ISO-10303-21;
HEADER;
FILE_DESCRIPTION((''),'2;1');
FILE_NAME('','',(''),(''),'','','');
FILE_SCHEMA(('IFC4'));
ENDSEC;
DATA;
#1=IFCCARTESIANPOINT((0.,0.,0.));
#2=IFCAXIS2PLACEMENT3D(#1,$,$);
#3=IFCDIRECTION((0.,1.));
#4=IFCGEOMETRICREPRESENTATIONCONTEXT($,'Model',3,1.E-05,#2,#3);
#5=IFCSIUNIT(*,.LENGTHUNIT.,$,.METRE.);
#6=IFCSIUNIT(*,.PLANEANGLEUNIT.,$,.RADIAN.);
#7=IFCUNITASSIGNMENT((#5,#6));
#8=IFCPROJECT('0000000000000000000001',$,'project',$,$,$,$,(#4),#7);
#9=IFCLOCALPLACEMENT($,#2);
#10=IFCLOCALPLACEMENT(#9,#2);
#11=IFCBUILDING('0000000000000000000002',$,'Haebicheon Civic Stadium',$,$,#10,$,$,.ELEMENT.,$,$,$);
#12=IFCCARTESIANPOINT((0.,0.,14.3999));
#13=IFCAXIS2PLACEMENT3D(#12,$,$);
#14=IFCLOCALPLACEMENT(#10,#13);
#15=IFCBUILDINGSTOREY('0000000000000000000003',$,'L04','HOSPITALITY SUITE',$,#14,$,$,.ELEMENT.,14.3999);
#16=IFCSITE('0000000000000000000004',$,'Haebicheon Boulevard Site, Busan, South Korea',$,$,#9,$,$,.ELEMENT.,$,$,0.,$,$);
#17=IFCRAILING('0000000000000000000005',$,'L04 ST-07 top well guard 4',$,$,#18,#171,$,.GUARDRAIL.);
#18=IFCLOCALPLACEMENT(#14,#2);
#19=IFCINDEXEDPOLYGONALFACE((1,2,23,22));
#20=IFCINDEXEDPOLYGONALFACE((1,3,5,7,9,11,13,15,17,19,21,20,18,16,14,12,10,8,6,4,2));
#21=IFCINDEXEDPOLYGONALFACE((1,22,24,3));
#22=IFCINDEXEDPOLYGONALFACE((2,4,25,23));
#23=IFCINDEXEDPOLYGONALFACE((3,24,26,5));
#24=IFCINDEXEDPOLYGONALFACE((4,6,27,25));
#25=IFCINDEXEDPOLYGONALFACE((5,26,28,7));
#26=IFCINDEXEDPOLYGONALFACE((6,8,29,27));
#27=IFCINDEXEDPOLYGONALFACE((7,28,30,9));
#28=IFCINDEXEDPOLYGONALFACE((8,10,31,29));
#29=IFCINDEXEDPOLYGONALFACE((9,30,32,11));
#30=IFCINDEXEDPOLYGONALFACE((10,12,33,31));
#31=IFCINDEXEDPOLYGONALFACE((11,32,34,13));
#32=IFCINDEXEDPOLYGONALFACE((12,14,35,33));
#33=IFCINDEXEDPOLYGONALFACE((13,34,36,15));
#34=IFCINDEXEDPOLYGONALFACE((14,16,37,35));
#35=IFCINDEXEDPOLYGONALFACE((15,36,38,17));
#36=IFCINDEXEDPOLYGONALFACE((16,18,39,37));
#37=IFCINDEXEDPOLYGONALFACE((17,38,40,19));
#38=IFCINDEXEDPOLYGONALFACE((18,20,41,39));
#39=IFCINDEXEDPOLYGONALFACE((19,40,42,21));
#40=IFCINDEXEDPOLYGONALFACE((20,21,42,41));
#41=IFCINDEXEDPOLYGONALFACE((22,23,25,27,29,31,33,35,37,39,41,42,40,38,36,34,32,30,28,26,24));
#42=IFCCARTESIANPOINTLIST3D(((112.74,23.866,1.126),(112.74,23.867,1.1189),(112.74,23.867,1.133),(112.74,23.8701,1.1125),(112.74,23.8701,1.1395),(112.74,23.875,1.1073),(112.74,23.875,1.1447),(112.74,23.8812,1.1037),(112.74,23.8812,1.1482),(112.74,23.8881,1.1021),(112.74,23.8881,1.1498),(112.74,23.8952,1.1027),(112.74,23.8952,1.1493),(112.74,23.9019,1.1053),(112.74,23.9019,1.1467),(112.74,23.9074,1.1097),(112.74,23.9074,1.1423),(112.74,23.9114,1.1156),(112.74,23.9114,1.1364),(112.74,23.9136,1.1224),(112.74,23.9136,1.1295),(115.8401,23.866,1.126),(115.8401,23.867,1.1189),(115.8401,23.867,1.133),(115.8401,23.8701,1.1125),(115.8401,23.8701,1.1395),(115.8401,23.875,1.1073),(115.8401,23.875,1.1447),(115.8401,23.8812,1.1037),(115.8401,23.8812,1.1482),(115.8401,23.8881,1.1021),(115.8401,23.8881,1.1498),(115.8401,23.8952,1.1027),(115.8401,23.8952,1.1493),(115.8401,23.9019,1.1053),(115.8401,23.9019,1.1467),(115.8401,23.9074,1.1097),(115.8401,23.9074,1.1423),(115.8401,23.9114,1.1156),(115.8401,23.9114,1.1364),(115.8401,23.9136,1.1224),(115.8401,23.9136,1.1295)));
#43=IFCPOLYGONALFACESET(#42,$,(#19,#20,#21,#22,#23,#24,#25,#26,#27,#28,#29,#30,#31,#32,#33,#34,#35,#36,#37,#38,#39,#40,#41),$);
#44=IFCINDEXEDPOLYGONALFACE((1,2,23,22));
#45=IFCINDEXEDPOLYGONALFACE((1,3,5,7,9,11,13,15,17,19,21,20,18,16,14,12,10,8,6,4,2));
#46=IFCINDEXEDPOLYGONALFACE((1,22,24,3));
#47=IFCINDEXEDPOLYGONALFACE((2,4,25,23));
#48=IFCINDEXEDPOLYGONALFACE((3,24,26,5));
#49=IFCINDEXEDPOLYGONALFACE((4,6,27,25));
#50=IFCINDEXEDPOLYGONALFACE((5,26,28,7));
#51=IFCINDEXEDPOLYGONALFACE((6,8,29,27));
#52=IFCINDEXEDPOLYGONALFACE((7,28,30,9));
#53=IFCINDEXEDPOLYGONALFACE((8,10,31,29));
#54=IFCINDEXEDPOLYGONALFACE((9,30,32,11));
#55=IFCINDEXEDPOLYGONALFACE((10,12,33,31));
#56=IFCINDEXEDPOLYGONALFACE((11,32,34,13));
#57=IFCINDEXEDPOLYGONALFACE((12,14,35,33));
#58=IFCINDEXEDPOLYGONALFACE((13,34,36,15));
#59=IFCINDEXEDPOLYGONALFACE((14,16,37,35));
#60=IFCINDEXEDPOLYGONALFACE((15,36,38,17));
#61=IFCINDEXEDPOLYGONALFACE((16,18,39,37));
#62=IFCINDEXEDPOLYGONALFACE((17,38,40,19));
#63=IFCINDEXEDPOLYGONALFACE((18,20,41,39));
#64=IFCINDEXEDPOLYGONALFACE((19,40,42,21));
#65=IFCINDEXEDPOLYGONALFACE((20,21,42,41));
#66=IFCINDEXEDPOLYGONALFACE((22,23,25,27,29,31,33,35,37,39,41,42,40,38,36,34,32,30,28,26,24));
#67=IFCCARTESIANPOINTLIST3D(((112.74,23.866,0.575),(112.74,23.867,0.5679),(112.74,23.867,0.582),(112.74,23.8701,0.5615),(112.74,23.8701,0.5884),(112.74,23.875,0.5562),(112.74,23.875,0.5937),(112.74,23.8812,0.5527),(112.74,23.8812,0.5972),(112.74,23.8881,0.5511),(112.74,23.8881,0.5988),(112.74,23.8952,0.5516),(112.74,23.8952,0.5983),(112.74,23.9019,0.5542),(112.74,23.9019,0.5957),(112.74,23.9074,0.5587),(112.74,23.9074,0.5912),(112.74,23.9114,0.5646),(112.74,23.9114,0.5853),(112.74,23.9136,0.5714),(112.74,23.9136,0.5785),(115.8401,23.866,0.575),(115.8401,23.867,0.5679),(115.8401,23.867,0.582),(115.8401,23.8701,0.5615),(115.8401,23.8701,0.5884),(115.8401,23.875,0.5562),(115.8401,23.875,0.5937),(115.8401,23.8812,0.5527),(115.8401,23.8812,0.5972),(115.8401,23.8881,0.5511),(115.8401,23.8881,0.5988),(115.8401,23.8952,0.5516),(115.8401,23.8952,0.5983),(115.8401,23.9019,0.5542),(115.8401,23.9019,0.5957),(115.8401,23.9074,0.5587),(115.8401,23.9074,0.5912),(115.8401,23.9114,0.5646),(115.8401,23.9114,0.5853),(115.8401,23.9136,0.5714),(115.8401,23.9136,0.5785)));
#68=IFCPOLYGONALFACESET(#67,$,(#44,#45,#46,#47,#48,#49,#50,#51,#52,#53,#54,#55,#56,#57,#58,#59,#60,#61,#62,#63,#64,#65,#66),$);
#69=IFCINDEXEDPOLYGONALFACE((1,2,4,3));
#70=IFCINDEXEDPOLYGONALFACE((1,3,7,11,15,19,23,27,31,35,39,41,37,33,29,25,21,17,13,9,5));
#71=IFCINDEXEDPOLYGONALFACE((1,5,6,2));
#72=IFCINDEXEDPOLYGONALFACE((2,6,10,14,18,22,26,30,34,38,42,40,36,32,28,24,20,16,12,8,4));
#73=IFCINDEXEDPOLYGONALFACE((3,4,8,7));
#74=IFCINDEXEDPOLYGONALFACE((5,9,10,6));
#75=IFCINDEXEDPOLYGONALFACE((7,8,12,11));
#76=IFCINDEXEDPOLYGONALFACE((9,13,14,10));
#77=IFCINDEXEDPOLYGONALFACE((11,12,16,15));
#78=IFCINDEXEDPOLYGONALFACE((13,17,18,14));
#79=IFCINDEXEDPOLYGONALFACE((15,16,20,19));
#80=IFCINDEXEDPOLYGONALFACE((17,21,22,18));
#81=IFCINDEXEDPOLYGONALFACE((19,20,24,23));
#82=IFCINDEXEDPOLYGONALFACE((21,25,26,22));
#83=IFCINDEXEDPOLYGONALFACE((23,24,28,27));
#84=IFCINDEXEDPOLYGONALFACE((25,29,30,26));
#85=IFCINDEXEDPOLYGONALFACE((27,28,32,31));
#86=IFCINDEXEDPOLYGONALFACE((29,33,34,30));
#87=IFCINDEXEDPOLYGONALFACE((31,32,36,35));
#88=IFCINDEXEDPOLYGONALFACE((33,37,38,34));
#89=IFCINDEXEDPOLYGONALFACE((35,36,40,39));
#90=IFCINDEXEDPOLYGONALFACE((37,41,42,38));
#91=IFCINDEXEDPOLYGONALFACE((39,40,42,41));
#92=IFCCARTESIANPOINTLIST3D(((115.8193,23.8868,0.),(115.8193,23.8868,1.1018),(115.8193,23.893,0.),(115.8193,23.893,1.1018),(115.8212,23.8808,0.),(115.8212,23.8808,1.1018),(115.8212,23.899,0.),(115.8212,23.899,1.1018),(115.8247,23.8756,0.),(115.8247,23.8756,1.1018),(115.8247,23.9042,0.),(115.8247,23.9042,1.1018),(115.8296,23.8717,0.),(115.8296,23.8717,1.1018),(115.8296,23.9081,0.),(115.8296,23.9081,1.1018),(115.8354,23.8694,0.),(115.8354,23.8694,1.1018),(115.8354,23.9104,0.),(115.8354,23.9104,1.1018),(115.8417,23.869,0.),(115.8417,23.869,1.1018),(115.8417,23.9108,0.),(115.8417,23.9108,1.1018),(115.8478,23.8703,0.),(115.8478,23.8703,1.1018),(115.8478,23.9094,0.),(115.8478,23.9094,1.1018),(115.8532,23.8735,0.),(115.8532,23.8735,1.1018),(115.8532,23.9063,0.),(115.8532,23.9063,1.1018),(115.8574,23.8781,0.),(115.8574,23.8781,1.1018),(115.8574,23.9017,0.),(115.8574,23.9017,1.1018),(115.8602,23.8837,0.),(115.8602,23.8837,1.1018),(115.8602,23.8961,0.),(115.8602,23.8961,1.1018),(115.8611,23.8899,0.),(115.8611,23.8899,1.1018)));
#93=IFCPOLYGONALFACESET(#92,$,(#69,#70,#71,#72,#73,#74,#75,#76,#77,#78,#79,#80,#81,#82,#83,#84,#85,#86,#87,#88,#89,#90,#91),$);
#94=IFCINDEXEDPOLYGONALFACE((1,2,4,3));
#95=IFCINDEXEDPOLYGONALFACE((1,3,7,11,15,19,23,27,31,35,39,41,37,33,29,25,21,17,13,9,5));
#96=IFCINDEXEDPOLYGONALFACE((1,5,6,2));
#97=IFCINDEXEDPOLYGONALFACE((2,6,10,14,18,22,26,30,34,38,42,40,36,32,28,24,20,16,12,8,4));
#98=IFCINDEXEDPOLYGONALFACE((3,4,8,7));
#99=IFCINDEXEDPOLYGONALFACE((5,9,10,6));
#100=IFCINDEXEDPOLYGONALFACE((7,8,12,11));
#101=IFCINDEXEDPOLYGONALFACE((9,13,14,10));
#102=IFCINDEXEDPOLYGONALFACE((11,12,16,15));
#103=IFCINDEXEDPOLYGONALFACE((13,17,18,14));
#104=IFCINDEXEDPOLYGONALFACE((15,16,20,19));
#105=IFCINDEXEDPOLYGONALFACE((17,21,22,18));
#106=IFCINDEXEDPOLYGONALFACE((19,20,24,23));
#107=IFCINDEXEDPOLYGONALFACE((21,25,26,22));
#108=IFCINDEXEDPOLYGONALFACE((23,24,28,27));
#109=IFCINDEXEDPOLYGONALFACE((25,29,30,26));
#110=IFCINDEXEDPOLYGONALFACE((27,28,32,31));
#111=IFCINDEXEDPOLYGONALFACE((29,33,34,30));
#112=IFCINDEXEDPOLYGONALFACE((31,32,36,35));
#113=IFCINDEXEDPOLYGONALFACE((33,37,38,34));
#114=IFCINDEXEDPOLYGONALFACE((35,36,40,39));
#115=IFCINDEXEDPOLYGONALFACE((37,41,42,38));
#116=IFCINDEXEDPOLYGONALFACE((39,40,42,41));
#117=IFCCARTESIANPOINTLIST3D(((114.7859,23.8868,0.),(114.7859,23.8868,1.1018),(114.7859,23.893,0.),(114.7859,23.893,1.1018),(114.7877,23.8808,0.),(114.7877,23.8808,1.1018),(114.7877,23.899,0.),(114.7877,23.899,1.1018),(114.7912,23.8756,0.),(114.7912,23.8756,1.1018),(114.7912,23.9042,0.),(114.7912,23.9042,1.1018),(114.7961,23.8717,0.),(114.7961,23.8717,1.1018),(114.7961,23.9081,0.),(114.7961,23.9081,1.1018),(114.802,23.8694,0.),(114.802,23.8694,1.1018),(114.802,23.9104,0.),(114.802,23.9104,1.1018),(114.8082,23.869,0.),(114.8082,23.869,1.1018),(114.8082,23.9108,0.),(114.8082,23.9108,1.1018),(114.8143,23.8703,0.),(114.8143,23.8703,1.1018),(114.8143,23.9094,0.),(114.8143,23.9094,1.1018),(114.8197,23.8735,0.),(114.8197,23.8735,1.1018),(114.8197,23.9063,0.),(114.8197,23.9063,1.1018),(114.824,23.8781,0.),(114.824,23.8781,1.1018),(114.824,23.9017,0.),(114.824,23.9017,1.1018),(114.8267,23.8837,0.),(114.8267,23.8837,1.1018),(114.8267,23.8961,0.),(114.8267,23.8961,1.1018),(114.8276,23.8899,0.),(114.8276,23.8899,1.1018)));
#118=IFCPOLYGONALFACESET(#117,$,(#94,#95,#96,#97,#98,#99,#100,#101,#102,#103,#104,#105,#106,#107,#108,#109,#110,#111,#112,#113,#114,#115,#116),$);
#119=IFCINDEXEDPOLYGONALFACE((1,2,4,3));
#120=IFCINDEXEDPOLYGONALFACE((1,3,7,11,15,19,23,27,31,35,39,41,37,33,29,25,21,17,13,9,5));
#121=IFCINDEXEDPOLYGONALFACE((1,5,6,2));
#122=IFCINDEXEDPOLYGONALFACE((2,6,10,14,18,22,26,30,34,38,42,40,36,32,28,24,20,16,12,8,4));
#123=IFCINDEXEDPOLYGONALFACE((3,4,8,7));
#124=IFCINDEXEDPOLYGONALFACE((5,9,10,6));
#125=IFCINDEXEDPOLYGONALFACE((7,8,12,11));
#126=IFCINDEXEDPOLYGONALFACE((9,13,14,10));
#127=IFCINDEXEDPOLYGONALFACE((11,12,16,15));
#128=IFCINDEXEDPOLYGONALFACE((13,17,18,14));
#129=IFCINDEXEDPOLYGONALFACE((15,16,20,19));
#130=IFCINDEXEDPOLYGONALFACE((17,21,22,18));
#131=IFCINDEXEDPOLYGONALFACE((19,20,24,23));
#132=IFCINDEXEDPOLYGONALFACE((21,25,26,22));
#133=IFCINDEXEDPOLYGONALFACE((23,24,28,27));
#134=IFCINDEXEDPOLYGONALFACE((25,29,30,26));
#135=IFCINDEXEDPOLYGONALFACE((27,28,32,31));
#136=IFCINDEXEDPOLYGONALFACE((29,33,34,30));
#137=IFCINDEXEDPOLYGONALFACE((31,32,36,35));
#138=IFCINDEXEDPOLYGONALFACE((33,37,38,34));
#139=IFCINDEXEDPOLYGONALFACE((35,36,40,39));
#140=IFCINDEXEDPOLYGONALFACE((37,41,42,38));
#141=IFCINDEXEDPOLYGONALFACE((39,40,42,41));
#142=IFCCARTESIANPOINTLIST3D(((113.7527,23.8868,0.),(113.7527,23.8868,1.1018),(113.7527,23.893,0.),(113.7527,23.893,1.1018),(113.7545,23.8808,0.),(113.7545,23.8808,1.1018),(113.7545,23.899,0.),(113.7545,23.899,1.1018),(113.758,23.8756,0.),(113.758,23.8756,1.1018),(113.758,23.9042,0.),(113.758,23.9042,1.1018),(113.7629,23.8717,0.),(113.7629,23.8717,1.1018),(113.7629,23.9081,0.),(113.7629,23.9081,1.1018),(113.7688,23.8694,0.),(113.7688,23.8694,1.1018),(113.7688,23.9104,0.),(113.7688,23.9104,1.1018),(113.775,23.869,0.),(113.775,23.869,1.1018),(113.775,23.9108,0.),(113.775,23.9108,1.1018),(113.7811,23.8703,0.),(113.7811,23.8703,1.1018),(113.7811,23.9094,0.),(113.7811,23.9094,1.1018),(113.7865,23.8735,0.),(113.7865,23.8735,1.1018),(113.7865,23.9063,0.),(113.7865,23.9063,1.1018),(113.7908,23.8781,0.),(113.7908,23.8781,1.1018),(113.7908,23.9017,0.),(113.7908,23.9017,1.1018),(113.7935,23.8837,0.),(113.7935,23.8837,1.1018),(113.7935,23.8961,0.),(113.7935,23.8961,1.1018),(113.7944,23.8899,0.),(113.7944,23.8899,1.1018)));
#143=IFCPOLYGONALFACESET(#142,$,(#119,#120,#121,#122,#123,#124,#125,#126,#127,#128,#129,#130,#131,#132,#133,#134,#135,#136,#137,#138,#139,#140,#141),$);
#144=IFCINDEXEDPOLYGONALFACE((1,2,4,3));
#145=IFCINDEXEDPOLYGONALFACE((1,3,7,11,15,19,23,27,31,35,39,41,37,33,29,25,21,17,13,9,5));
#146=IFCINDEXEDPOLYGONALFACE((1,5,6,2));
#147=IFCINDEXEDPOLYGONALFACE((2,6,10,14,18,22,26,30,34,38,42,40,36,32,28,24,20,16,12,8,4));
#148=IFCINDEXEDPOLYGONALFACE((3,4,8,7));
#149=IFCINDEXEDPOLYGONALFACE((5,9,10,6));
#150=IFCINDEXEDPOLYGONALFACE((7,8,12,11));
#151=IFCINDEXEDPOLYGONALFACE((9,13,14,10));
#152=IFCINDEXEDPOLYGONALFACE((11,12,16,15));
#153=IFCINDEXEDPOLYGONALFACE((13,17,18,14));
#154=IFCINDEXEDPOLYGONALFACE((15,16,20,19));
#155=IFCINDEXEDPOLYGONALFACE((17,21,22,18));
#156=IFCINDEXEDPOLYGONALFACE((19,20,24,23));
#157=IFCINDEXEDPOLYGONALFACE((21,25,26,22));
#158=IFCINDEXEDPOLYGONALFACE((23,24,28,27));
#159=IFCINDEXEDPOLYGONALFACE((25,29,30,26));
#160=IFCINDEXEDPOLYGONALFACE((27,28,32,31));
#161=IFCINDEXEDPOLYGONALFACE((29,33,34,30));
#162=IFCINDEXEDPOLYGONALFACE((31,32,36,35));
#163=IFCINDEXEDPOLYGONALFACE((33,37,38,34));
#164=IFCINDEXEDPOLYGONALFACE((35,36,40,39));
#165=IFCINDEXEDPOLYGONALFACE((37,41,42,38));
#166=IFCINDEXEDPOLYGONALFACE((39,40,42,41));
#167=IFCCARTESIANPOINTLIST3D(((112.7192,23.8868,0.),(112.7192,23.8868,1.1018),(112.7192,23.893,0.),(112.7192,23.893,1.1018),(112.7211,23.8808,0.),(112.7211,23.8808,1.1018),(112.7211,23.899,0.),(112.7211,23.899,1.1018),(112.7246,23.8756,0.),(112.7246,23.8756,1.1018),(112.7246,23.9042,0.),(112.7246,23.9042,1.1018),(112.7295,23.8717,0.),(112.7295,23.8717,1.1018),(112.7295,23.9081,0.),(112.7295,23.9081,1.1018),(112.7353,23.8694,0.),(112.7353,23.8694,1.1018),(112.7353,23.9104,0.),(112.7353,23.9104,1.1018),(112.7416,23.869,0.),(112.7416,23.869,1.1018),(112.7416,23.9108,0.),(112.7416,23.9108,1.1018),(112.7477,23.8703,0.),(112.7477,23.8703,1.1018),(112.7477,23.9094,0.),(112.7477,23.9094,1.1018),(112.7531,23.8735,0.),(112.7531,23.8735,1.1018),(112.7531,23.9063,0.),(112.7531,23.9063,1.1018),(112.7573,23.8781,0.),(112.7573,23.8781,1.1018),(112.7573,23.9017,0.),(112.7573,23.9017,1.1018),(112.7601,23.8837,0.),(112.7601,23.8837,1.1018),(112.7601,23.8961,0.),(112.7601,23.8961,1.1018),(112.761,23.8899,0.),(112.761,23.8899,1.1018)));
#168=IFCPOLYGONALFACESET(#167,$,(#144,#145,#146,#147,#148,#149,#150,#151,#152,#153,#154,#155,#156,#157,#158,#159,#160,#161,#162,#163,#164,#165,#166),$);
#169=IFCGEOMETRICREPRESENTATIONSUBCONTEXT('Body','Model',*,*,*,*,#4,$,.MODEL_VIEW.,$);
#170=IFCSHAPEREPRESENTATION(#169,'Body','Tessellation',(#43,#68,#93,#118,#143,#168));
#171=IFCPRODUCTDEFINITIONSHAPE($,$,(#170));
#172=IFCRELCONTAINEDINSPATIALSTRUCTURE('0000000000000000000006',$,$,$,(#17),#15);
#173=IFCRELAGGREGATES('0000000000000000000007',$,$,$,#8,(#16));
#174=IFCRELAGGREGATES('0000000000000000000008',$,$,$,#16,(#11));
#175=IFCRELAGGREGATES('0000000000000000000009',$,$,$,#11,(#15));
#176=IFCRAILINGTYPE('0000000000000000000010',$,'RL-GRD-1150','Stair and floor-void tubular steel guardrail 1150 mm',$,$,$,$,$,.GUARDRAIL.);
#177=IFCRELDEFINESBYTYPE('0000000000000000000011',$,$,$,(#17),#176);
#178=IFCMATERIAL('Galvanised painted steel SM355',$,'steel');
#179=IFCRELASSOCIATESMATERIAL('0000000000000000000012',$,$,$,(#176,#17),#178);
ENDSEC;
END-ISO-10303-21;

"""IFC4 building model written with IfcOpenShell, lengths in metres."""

from ifc_helpers import new_model, si_unit, direction, frame, origin, origin_2d, place, context, subcontext, project, spatial, circle, extrude, material, type_object, element, save


model = new_model("IFC4")

# Units and contexts
model_context = context("Model", 3, precision=1e-05, world=origin(), true_north=direction((0.0, 1.0)))
body_context = subcontext(model_context, "Body", "Model", "MODEL_VIEW")
ifc_project = project(units=[si_unit("LENGTHUNIT", "METRE"), si_unit("PLANEANGLEUNIT", "RADIAN")], contexts=[model_context])

# Site, building, storey
site_placement = place(None, origin())
site = spatial("IfcSite", under=ifc_project, at=site_placement, Name="Haebicheon Boulevard Site, Busan, South Korea", CompositionType="ELEMENT", RefElevation=0.0)
building_placement = place(site_placement, origin())
building = spatial("IfcBuilding", under=site, at=building_placement, Name="Haebicheon Civic Stadium", CompositionType="ELEMENT")
storey_placement = place(building_placement, frame((0.0, 0.0, 14.3999)))
storey = spatial("IfcBuildingStorey", under=building, at=storey_placement, Name="L04", Description="HOSPITALITY SUITE", CompositionType="ELEMENT", Elevation=14.3999)

# Railing
ifc_material_1 = material(Name="Galvanised painted steel SM355", Category="steel")
railing_type = type_object("IfcRailingType", Name="RL-GRD-1150", Description="Stair and floor-void tubular steel guardrail 1150 mm", PredefinedType="GUARDRAIL", material=ifc_material_1)
railing_1_placement = place(storey_placement, frame((115.8401, 23.8899, 0.0)))
element("IfcRailing", 1, at=railing_1_placement, inside=storey, type_object=railing_type, material=ifc_material_1, Name="L04 ST-07 top well guard 4", PredefinedType="GUARDRAIL", context=body_context, shape_type="SweptSolid", body=[
    extrude(circle(Radius=0.0239, at=origin_2d()), frame((0.0, 0.0, 1.126), z_axis=(-1.0, 0.0, 0.0), x_axis=(0.0, -1.0, 0.0)), (0.0, 0.0, 1.0), 3.1001),
    extrude(circle(Radius=0.0239, at=origin_2d()), frame((0.0, 0.0, 0.575), z_axis=(-1.0, 0.0, 0.0), x_axis=(0.0, -1.0, 0.0)), (0.0, 0.0, 1.0), 3.1001),
    extrude(circle(Radius=0.021, at=origin_2d()), origin(), (0.0, 0.0, 1.0), 1.1018),
    extrude(circle(Radius=0.021, at=origin_2d()), frame((-1.0334, 0.0, 0.0)), (0.0, 0.0, 1.0), 1.1018),
    extrude(circle(Radius=0.021, at=origin_2d()), frame((-2.0667, 0.0, 0.0)), (0.0, 0.0, 1.0), 1.1018),
    extrude(circle(Radius=0.021, at=origin_2d()), frame((-3.1001, 0.0, 0.0)), (0.0, 0.0, 1.0), 1.1018),
])

save(model, "model.ifc")
